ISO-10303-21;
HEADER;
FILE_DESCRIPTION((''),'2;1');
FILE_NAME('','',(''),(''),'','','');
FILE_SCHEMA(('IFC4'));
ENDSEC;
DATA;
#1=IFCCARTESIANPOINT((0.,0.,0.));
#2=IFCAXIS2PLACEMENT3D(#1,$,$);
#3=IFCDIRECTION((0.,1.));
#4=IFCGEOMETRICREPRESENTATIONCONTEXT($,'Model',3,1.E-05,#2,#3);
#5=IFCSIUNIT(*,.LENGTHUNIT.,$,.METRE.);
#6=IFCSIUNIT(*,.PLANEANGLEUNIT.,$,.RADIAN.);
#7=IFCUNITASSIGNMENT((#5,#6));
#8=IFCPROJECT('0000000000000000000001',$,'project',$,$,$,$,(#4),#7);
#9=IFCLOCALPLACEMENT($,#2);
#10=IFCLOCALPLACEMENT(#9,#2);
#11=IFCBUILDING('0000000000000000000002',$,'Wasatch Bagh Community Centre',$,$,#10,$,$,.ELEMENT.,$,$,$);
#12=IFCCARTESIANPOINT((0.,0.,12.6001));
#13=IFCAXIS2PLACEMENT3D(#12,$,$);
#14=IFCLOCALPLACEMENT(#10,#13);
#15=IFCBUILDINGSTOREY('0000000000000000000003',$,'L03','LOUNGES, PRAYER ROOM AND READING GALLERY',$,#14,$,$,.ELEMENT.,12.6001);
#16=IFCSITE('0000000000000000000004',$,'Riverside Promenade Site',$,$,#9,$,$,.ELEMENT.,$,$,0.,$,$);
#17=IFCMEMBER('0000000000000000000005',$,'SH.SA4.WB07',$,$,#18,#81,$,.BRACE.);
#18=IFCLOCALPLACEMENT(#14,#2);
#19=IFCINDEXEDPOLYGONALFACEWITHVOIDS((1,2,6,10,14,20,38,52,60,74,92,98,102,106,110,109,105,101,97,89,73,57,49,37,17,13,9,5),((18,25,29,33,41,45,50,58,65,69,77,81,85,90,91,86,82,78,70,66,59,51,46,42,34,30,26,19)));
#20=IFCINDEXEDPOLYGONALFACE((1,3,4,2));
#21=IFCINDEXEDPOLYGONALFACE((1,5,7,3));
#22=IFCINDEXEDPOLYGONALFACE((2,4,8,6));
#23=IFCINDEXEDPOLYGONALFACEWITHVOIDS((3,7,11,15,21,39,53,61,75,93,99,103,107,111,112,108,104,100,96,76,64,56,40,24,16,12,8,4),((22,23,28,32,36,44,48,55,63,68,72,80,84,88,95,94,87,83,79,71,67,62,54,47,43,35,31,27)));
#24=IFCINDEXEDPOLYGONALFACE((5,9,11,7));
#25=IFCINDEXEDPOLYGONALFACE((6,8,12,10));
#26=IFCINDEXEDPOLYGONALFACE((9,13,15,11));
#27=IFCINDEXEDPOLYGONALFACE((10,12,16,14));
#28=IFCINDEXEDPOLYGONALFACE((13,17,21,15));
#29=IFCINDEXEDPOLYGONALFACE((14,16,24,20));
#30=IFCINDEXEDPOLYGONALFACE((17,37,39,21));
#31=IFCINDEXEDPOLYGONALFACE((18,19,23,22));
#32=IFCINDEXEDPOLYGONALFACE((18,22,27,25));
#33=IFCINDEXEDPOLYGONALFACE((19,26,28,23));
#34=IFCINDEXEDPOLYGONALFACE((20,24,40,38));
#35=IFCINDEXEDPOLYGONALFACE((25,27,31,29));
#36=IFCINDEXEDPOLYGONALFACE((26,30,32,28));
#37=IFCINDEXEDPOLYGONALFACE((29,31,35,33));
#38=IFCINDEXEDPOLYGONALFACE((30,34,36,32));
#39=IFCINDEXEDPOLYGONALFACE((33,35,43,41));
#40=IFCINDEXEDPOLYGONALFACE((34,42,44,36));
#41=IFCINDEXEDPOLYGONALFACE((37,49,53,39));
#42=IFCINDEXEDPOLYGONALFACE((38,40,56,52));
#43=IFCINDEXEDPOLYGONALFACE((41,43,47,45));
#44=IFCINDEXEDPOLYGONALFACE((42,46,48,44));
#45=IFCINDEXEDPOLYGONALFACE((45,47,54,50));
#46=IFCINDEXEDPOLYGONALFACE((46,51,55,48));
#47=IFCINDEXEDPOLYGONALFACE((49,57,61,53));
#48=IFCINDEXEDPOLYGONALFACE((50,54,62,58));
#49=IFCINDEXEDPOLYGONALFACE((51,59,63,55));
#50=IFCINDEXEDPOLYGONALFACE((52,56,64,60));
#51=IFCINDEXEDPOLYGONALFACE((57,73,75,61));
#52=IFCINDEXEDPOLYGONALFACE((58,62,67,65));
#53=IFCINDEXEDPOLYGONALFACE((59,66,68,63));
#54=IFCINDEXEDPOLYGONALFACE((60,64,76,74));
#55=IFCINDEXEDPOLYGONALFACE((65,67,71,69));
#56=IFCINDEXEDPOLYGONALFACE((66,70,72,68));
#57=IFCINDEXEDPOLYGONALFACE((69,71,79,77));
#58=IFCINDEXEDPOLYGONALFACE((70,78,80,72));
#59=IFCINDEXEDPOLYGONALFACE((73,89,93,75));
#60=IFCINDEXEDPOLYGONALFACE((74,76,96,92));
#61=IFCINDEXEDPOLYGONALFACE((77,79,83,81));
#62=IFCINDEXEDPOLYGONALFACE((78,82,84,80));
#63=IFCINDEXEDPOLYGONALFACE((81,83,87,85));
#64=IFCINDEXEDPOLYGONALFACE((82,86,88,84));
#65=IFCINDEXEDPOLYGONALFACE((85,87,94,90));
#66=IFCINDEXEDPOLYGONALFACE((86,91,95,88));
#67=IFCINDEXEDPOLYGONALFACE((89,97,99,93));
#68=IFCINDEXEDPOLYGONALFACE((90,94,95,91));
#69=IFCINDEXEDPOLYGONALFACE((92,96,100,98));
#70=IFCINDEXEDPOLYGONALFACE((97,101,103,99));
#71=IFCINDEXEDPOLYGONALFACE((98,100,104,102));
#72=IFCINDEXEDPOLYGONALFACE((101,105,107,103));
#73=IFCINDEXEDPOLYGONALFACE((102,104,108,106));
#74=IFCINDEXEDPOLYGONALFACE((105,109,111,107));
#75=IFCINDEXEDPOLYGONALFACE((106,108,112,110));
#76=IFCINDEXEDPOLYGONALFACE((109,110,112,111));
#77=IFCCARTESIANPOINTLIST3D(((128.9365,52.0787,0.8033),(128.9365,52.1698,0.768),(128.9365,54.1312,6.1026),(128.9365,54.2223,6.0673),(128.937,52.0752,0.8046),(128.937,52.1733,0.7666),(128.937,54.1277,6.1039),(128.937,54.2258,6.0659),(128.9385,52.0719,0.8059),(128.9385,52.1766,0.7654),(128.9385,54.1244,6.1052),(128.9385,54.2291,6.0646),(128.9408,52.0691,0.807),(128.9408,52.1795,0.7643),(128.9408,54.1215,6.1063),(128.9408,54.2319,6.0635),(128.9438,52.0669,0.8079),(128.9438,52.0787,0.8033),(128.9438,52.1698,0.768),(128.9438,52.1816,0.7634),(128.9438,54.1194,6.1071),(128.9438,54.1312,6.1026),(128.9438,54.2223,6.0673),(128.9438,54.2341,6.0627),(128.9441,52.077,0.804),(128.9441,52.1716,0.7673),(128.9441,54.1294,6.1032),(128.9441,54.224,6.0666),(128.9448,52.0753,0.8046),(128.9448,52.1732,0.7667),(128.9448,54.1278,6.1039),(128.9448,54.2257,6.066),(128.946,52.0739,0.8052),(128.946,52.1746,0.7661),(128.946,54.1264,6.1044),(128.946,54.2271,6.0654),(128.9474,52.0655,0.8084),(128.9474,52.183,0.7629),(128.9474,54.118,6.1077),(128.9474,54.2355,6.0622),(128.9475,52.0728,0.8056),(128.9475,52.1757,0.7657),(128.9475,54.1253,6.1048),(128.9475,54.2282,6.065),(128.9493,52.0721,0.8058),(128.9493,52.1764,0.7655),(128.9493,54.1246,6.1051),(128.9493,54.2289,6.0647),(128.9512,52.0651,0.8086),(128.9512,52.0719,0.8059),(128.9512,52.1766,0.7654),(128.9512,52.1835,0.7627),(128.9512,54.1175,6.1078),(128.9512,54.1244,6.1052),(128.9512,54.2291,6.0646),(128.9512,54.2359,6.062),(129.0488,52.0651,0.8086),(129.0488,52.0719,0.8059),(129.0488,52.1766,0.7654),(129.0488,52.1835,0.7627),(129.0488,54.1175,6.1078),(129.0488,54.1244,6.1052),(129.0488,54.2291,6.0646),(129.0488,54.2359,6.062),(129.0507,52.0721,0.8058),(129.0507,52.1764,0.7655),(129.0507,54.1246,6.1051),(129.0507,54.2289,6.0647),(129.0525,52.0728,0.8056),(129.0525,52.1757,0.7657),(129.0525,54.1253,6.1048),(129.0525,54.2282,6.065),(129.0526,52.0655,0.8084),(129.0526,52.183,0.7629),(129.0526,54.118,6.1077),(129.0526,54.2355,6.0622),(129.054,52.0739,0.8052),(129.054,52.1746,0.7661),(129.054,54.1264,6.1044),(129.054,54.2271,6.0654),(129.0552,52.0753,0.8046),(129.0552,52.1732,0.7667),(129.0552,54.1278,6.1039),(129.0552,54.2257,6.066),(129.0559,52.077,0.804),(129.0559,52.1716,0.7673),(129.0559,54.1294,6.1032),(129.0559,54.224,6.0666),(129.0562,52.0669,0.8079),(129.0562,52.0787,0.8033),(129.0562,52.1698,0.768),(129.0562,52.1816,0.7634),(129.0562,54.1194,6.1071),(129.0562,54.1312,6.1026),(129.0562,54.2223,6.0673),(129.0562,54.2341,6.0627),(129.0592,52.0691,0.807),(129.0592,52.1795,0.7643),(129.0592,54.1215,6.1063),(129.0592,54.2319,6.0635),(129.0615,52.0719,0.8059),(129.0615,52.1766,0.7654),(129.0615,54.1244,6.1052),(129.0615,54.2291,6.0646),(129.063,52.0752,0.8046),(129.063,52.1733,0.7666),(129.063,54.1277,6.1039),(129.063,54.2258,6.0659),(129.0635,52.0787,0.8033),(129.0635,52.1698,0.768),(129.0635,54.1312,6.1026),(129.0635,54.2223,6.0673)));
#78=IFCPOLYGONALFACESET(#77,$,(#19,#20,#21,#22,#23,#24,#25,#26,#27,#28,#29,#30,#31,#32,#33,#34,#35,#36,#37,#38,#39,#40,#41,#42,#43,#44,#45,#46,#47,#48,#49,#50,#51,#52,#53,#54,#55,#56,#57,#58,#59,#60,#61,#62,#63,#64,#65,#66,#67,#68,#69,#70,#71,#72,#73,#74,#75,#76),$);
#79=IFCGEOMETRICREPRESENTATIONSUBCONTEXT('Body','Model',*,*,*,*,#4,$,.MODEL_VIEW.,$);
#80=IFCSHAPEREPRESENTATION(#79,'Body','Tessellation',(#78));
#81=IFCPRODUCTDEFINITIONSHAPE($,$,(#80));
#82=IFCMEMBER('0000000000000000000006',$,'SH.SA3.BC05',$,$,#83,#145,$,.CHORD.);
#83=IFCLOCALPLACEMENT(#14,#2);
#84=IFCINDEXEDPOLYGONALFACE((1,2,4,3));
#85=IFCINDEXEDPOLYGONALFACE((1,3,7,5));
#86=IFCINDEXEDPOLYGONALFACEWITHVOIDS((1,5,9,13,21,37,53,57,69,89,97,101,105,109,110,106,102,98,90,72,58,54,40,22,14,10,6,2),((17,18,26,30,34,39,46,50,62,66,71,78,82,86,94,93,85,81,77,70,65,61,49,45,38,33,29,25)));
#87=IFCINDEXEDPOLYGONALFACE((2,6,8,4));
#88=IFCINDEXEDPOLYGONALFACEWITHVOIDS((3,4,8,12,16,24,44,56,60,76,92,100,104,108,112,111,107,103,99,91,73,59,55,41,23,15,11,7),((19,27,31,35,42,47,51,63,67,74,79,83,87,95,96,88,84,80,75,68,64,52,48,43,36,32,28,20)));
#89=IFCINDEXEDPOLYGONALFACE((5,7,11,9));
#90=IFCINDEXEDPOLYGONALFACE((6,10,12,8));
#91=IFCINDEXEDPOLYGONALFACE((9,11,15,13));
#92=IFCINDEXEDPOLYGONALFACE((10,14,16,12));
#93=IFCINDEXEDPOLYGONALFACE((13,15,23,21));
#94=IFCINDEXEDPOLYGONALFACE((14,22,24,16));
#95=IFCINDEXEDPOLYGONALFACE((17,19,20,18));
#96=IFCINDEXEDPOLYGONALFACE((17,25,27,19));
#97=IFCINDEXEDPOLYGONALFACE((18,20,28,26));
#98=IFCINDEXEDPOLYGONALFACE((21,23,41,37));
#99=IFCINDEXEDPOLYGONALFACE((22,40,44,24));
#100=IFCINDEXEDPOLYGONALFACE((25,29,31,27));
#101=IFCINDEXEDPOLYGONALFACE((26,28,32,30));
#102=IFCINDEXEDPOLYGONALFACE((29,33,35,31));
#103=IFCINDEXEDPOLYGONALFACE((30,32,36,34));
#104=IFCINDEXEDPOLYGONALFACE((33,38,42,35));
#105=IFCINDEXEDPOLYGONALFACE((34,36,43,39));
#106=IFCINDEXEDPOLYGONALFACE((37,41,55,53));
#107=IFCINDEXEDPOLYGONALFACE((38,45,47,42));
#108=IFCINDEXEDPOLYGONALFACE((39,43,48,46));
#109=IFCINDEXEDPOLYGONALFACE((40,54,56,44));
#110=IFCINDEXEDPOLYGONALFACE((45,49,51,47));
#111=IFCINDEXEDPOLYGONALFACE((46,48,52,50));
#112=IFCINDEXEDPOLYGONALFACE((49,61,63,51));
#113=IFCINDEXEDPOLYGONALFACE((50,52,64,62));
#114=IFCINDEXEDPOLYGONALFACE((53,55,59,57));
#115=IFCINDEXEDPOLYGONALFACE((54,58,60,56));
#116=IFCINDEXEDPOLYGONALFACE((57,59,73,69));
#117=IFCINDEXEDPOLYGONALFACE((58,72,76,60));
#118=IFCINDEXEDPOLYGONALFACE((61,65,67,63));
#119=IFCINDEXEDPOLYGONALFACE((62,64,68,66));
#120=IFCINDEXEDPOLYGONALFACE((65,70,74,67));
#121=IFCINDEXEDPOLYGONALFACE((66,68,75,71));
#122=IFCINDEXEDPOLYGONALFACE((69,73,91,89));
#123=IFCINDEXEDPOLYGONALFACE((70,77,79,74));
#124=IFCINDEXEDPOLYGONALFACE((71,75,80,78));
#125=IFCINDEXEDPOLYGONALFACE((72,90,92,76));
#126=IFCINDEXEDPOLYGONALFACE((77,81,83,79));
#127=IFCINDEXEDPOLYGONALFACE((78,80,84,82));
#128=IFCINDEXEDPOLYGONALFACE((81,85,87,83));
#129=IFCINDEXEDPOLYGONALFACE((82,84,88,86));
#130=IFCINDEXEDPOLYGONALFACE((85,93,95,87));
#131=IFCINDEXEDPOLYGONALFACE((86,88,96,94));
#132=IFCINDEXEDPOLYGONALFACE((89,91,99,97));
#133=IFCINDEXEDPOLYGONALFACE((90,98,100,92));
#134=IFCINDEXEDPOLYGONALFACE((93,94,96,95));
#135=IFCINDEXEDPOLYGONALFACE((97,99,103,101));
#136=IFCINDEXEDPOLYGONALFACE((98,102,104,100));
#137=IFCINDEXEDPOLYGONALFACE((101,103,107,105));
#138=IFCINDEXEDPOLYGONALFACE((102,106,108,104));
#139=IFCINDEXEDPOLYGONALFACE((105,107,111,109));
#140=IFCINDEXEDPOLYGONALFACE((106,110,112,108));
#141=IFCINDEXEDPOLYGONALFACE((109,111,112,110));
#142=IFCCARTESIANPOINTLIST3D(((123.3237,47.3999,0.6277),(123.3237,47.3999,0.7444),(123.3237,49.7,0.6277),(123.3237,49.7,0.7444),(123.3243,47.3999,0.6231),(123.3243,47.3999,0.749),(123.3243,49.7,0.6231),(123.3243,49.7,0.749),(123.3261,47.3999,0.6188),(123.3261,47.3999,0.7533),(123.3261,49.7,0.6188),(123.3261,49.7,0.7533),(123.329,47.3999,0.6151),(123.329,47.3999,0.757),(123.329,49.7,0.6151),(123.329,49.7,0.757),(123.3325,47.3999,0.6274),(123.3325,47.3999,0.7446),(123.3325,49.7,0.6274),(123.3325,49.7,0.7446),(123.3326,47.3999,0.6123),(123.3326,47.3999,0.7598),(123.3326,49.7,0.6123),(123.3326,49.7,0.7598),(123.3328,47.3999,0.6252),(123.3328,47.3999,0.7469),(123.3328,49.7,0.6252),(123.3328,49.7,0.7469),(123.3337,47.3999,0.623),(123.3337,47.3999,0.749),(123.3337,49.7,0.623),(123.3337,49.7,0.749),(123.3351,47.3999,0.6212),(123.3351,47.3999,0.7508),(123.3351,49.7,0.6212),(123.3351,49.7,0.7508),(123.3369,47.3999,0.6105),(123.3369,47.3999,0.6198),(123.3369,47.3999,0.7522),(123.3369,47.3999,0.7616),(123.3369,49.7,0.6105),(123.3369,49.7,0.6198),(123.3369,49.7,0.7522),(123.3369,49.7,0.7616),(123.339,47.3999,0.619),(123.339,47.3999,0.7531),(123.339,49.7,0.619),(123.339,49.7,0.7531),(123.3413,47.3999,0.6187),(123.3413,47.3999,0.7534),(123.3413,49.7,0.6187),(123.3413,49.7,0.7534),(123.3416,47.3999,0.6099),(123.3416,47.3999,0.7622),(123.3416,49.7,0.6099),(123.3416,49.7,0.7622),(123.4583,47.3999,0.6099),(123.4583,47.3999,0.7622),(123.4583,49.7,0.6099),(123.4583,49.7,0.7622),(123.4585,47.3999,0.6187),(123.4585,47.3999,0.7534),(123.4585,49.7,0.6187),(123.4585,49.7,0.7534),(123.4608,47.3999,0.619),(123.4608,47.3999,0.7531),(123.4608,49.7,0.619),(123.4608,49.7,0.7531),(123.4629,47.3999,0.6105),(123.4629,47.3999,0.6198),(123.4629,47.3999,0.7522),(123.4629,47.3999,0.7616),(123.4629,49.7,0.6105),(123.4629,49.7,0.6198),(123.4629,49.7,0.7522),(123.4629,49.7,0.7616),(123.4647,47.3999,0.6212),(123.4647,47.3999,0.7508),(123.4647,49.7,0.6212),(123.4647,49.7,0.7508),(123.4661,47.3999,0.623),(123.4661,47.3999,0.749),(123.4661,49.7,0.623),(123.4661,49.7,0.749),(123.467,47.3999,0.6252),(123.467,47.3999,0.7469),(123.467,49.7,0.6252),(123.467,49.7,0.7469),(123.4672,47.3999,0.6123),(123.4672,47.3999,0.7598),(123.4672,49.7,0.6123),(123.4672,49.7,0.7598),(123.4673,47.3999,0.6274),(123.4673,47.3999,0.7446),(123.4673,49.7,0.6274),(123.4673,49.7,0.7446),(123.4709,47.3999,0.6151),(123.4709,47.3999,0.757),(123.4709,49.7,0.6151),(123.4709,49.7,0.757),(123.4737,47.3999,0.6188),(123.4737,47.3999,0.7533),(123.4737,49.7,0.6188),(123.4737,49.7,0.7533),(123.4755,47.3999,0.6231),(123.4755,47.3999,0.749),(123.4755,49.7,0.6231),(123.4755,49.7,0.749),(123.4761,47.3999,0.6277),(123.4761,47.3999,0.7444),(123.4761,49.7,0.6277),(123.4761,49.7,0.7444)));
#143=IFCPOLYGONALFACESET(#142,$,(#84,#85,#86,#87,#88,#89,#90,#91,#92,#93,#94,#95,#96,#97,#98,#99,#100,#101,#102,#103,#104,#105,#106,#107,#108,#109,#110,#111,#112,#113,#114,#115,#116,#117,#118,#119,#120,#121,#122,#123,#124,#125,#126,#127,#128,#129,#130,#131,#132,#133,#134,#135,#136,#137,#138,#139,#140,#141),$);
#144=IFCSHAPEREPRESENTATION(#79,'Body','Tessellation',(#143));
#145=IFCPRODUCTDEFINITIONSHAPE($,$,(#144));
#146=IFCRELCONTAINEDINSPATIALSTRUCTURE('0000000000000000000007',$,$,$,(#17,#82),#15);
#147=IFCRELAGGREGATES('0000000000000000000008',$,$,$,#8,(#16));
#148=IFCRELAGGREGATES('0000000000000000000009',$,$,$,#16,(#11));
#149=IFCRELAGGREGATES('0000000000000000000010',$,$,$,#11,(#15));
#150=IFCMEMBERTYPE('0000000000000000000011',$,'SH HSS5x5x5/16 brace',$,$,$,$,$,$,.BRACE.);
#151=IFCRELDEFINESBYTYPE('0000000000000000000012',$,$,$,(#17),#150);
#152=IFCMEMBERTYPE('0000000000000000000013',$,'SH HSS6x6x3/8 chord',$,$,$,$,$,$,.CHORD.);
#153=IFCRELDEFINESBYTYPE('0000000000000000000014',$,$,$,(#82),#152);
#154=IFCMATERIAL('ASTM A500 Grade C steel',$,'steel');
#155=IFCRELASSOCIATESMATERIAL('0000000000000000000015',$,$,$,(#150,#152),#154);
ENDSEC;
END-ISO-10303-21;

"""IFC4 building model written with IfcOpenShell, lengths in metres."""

from ifc_helpers import new_model, si_unit, direction, frame, origin, origin_2d, place, context, subcontext, project, spatial, hollow_rectangle, extrude, material, material_profile, profile_set, type_object, element, save


model = new_model("IFC4")

# Units and contexts
model_context = context("Model", 3, precision=1e-05, world=origin(), true_north=direction((0.0, 1.0)))
body_context = subcontext(model_context, "Body", "Model", "MODEL_VIEW")
ifc_project = project(units=[si_unit("LENGTHUNIT", "METRE"), si_unit("PLANEANGLEUNIT", "RADIAN")], contexts=[model_context])

# Site, building, storey
site_placement = place(None, origin())
site = spatial("IfcSite", under=ifc_project, at=site_placement, Name="Riverside Promenade Site", CompositionType="ELEMENT", RefElevation=0.0)
building_placement = place(site_placement, origin())
building = spatial("IfcBuilding", under=site, at=building_placement, Name="Wasatch Bagh Community Centre", CompositionType="ELEMENT")
storey_placement = place(building_placement, frame((0.0, 0.0, 12.6001)))
storey = spatial("IfcBuildingStorey", under=building, at=storey_placement, Name="L03", Description="LOUNGES, PRAYER ROOM AND READING GALLERY", CompositionType="ELEMENT", Elevation=12.6001)

# Members
ifc_material_1 = material(Name="ASTM A500 Grade C steel", Category="steel")
ifc_material_profile_1 = material_profile(ifc_material_1, hollow_rectangle(XDim=0.127, YDim=0.127, WallThickness=0.0073, InnerFilletRadius=0.0073, OuterFilletRadius=0.0146, at=origin_2d()), Name="HSS5x5x5/16")
ifc_profile_set_1 = profile_set([ifc_material_profile_1], Name="ASTM A500 Grade C steel")
member_type_1 = type_object("IfcMemberType", Name="SH HSS5x5x5/16 brace", PredefinedType="BRACE", material=ifc_profile_set_1)
for number, where, z_axis, x_axis, name in (
    (1, (129.0, 52.1243, 0.7856), (0.0, 0.361169, 0.9325), (-1.0, 0.0, 0.0), "SH.SA4.WB07"),
):
    element("IfcMember", number, at=place(storey_placement, frame(where, z_axis=z_axis, x_axis=x_axis)), inside=storey, type_object=member_type_1, Name=name, PredefinedType="BRACE", context=body_context, shape_type="SweptSolid", body=[
        extrude(hollow_rectangle(XDim=0.127, YDim=0.127, WallThickness=0.0073, InnerFilletRadius=0.0073, OuterFilletRadius=0.0146, at=origin_2d()), origin(), (0.0, 0.0, 1.0), 5.6829),
    ])
ifc_material_profile_2 = material_profile(ifc_material_1, hollow_rectangle(XDim=0.1523, YDim=0.1523, WallThickness=0.0088, InnerFilletRadius=0.0088, OuterFilletRadius=0.0178, at=origin_2d()), Name="HSS6x6x3/8")
ifc_profile_set_2 = profile_set([ifc_material_profile_2], Name="ASTM A500 Grade C steel")
member_type_2 = type_object("IfcMemberType", Name="SH HSS6x6x3/8 chord", PredefinedType="CHORD", material=ifc_profile_set_2)
for number, where, z_axis, x_axis, name in (
    (2, (123.3999, 47.3999, 0.686), (0.0, 1.0, 0.0), (-1.0, 0.0, 0.0), "SH.SA3.BC05"),
):
    element("IfcMember", number, at=place(storey_placement, frame(where, z_axis=z_axis, x_axis=x_axis)), inside=storey, type_object=member_type_2, Name=name, PredefinedType="CHORD", context=body_context, shape_type="SweptSolid", body=[
        extrude(hollow_rectangle(XDim=0.1523, YDim=0.1523, WallThickness=0.0088, InnerFilletRadius=0.0088, OuterFilletRadius=0.0178, at=origin_2d()), origin(), (0.0, 0.0, 1.0), 2.3),
    ])

save(model, "model.ifc")
